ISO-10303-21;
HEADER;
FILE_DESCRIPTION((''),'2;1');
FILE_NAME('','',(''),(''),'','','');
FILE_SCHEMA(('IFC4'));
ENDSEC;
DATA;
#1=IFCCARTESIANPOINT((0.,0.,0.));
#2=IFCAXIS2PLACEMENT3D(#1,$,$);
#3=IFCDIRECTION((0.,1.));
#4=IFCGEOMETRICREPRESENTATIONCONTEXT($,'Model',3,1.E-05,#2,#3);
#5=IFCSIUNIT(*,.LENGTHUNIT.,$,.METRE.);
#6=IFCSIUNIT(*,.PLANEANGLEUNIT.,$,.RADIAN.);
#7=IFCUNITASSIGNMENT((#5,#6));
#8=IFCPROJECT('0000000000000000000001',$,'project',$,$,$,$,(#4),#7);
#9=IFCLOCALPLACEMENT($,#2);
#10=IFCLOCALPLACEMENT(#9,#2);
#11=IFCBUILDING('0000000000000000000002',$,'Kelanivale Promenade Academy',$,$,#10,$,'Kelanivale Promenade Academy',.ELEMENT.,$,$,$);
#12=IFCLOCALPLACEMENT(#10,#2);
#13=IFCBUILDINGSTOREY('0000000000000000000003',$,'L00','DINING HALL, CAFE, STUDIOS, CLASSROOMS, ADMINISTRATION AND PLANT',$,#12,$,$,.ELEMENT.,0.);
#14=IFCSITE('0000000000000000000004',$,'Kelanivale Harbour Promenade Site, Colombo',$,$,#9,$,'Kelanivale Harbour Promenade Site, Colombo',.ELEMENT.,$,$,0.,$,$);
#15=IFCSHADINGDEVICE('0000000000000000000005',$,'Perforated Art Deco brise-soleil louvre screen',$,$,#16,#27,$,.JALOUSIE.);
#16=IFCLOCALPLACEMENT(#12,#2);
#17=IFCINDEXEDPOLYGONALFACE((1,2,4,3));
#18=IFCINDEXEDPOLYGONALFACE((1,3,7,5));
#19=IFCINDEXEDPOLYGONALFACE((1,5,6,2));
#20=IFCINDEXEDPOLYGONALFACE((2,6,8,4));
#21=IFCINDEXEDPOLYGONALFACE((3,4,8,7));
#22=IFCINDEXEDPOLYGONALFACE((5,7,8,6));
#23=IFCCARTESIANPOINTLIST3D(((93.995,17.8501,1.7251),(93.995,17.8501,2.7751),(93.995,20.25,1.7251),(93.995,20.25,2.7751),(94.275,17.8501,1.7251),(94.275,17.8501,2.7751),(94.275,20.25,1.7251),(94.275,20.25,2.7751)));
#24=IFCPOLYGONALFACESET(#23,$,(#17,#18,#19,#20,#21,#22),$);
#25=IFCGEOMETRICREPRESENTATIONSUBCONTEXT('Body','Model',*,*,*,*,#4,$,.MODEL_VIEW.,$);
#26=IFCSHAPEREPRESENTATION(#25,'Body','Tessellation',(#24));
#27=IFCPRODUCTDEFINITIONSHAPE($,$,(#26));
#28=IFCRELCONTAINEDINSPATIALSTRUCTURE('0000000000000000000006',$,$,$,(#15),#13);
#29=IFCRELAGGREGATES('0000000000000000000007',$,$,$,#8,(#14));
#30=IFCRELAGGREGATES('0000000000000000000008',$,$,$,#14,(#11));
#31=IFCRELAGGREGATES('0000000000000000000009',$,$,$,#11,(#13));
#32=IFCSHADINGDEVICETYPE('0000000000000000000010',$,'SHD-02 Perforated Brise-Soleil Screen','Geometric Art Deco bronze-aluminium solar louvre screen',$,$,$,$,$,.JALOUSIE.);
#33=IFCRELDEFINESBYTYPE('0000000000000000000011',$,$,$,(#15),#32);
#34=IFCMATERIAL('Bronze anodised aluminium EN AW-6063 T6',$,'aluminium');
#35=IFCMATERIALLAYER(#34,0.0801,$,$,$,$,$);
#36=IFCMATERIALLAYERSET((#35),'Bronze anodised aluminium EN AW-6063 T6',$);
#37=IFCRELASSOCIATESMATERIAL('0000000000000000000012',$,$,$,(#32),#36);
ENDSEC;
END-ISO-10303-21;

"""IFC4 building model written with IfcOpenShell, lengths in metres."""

from ifc_helpers import new_model, si_unit, direction, frame, origin, origin_2d, place, context, subcontext, project, spatial, rectangle, extrude, material, layer, layer_set, type_object, element, save


model = new_model("IFC4")

# Units and contexts
model_context = context("Model", 3, precision=1e-05, world=origin(), true_north=direction((0.0, 1.0)))
body_context = subcontext(model_context, "Body", "Model", "MODEL_VIEW")
ifc_project = project(units=[si_unit("LENGTHUNIT", "METRE"), si_unit("PLANEANGLEUNIT", "RADIAN")], contexts=[model_context])

# Site, building, storey
site_placement = place(None, origin())
site = spatial("IfcSite", under=ifc_project, at=site_placement, Name="Kelanivale Harbour Promenade Site, Colombo", LongName="Kelanivale Harbour Promenade Site, Colombo", CompositionType="ELEMENT", RefElevation=0.0)
building_placement = place(site_placement, origin())
building = spatial("IfcBuilding", under=site, at=building_placement, Name="Kelanivale Promenade Academy", LongName="Kelanivale Promenade Academy", CompositionType="ELEMENT")
storey_placement = place(building_placement, origin())
storey = spatial("IfcBuildingStorey", under=building, at=storey_placement, Name="L00", Description="DINING HALL, CAFE, STUDIOS, CLASSROOMS, ADMINISTRATION AND PLANT", CompositionType="ELEMENT", Elevation=0.0)

# Shading device
ifc_material_1 = material(Name="Bronze anodised aluminium EN AW-6063 T6", Category="aluminium")
ifc_layer_1 = layer(ifc_material_1, 0.0801)
ifc_layer_set_1 = layer_set([ifc_layer_1], Name="Bronze anodised aluminium EN AW-6063 T6")
shading_device_type_1 = type_object("IfcShadingDeviceType", Name="SHD-02 Perforated Brise-Soleil Screen", Description="Geometric Art Deco bronze-aluminium solar louvre screen", PredefinedType="JALOUSIE", material=ifc_layer_set_1)
shading_device_1_placement = place(storey_placement, frame((94.135, 19.05, 1.7251), z_axis=(0.0, 0.0, 1.0), x_axis=(0.0, 1.0, 0.0)))
element("IfcShadingDevice", 1, at=shading_device_1_placement, inside=storey, type_object=shading_device_type_1, Name="Perforated Art Deco brise-soleil louvre screen", PredefinedType="JALOUSIE", context=body_context, shape_type="SweptSolid", body=[
    extrude(rectangle(XDim=2.3999, YDim=0.28, at=origin_2d()), origin(), (0.0, 0.0, 1.0), 1.05),
])

save(model, "model.ifc")
